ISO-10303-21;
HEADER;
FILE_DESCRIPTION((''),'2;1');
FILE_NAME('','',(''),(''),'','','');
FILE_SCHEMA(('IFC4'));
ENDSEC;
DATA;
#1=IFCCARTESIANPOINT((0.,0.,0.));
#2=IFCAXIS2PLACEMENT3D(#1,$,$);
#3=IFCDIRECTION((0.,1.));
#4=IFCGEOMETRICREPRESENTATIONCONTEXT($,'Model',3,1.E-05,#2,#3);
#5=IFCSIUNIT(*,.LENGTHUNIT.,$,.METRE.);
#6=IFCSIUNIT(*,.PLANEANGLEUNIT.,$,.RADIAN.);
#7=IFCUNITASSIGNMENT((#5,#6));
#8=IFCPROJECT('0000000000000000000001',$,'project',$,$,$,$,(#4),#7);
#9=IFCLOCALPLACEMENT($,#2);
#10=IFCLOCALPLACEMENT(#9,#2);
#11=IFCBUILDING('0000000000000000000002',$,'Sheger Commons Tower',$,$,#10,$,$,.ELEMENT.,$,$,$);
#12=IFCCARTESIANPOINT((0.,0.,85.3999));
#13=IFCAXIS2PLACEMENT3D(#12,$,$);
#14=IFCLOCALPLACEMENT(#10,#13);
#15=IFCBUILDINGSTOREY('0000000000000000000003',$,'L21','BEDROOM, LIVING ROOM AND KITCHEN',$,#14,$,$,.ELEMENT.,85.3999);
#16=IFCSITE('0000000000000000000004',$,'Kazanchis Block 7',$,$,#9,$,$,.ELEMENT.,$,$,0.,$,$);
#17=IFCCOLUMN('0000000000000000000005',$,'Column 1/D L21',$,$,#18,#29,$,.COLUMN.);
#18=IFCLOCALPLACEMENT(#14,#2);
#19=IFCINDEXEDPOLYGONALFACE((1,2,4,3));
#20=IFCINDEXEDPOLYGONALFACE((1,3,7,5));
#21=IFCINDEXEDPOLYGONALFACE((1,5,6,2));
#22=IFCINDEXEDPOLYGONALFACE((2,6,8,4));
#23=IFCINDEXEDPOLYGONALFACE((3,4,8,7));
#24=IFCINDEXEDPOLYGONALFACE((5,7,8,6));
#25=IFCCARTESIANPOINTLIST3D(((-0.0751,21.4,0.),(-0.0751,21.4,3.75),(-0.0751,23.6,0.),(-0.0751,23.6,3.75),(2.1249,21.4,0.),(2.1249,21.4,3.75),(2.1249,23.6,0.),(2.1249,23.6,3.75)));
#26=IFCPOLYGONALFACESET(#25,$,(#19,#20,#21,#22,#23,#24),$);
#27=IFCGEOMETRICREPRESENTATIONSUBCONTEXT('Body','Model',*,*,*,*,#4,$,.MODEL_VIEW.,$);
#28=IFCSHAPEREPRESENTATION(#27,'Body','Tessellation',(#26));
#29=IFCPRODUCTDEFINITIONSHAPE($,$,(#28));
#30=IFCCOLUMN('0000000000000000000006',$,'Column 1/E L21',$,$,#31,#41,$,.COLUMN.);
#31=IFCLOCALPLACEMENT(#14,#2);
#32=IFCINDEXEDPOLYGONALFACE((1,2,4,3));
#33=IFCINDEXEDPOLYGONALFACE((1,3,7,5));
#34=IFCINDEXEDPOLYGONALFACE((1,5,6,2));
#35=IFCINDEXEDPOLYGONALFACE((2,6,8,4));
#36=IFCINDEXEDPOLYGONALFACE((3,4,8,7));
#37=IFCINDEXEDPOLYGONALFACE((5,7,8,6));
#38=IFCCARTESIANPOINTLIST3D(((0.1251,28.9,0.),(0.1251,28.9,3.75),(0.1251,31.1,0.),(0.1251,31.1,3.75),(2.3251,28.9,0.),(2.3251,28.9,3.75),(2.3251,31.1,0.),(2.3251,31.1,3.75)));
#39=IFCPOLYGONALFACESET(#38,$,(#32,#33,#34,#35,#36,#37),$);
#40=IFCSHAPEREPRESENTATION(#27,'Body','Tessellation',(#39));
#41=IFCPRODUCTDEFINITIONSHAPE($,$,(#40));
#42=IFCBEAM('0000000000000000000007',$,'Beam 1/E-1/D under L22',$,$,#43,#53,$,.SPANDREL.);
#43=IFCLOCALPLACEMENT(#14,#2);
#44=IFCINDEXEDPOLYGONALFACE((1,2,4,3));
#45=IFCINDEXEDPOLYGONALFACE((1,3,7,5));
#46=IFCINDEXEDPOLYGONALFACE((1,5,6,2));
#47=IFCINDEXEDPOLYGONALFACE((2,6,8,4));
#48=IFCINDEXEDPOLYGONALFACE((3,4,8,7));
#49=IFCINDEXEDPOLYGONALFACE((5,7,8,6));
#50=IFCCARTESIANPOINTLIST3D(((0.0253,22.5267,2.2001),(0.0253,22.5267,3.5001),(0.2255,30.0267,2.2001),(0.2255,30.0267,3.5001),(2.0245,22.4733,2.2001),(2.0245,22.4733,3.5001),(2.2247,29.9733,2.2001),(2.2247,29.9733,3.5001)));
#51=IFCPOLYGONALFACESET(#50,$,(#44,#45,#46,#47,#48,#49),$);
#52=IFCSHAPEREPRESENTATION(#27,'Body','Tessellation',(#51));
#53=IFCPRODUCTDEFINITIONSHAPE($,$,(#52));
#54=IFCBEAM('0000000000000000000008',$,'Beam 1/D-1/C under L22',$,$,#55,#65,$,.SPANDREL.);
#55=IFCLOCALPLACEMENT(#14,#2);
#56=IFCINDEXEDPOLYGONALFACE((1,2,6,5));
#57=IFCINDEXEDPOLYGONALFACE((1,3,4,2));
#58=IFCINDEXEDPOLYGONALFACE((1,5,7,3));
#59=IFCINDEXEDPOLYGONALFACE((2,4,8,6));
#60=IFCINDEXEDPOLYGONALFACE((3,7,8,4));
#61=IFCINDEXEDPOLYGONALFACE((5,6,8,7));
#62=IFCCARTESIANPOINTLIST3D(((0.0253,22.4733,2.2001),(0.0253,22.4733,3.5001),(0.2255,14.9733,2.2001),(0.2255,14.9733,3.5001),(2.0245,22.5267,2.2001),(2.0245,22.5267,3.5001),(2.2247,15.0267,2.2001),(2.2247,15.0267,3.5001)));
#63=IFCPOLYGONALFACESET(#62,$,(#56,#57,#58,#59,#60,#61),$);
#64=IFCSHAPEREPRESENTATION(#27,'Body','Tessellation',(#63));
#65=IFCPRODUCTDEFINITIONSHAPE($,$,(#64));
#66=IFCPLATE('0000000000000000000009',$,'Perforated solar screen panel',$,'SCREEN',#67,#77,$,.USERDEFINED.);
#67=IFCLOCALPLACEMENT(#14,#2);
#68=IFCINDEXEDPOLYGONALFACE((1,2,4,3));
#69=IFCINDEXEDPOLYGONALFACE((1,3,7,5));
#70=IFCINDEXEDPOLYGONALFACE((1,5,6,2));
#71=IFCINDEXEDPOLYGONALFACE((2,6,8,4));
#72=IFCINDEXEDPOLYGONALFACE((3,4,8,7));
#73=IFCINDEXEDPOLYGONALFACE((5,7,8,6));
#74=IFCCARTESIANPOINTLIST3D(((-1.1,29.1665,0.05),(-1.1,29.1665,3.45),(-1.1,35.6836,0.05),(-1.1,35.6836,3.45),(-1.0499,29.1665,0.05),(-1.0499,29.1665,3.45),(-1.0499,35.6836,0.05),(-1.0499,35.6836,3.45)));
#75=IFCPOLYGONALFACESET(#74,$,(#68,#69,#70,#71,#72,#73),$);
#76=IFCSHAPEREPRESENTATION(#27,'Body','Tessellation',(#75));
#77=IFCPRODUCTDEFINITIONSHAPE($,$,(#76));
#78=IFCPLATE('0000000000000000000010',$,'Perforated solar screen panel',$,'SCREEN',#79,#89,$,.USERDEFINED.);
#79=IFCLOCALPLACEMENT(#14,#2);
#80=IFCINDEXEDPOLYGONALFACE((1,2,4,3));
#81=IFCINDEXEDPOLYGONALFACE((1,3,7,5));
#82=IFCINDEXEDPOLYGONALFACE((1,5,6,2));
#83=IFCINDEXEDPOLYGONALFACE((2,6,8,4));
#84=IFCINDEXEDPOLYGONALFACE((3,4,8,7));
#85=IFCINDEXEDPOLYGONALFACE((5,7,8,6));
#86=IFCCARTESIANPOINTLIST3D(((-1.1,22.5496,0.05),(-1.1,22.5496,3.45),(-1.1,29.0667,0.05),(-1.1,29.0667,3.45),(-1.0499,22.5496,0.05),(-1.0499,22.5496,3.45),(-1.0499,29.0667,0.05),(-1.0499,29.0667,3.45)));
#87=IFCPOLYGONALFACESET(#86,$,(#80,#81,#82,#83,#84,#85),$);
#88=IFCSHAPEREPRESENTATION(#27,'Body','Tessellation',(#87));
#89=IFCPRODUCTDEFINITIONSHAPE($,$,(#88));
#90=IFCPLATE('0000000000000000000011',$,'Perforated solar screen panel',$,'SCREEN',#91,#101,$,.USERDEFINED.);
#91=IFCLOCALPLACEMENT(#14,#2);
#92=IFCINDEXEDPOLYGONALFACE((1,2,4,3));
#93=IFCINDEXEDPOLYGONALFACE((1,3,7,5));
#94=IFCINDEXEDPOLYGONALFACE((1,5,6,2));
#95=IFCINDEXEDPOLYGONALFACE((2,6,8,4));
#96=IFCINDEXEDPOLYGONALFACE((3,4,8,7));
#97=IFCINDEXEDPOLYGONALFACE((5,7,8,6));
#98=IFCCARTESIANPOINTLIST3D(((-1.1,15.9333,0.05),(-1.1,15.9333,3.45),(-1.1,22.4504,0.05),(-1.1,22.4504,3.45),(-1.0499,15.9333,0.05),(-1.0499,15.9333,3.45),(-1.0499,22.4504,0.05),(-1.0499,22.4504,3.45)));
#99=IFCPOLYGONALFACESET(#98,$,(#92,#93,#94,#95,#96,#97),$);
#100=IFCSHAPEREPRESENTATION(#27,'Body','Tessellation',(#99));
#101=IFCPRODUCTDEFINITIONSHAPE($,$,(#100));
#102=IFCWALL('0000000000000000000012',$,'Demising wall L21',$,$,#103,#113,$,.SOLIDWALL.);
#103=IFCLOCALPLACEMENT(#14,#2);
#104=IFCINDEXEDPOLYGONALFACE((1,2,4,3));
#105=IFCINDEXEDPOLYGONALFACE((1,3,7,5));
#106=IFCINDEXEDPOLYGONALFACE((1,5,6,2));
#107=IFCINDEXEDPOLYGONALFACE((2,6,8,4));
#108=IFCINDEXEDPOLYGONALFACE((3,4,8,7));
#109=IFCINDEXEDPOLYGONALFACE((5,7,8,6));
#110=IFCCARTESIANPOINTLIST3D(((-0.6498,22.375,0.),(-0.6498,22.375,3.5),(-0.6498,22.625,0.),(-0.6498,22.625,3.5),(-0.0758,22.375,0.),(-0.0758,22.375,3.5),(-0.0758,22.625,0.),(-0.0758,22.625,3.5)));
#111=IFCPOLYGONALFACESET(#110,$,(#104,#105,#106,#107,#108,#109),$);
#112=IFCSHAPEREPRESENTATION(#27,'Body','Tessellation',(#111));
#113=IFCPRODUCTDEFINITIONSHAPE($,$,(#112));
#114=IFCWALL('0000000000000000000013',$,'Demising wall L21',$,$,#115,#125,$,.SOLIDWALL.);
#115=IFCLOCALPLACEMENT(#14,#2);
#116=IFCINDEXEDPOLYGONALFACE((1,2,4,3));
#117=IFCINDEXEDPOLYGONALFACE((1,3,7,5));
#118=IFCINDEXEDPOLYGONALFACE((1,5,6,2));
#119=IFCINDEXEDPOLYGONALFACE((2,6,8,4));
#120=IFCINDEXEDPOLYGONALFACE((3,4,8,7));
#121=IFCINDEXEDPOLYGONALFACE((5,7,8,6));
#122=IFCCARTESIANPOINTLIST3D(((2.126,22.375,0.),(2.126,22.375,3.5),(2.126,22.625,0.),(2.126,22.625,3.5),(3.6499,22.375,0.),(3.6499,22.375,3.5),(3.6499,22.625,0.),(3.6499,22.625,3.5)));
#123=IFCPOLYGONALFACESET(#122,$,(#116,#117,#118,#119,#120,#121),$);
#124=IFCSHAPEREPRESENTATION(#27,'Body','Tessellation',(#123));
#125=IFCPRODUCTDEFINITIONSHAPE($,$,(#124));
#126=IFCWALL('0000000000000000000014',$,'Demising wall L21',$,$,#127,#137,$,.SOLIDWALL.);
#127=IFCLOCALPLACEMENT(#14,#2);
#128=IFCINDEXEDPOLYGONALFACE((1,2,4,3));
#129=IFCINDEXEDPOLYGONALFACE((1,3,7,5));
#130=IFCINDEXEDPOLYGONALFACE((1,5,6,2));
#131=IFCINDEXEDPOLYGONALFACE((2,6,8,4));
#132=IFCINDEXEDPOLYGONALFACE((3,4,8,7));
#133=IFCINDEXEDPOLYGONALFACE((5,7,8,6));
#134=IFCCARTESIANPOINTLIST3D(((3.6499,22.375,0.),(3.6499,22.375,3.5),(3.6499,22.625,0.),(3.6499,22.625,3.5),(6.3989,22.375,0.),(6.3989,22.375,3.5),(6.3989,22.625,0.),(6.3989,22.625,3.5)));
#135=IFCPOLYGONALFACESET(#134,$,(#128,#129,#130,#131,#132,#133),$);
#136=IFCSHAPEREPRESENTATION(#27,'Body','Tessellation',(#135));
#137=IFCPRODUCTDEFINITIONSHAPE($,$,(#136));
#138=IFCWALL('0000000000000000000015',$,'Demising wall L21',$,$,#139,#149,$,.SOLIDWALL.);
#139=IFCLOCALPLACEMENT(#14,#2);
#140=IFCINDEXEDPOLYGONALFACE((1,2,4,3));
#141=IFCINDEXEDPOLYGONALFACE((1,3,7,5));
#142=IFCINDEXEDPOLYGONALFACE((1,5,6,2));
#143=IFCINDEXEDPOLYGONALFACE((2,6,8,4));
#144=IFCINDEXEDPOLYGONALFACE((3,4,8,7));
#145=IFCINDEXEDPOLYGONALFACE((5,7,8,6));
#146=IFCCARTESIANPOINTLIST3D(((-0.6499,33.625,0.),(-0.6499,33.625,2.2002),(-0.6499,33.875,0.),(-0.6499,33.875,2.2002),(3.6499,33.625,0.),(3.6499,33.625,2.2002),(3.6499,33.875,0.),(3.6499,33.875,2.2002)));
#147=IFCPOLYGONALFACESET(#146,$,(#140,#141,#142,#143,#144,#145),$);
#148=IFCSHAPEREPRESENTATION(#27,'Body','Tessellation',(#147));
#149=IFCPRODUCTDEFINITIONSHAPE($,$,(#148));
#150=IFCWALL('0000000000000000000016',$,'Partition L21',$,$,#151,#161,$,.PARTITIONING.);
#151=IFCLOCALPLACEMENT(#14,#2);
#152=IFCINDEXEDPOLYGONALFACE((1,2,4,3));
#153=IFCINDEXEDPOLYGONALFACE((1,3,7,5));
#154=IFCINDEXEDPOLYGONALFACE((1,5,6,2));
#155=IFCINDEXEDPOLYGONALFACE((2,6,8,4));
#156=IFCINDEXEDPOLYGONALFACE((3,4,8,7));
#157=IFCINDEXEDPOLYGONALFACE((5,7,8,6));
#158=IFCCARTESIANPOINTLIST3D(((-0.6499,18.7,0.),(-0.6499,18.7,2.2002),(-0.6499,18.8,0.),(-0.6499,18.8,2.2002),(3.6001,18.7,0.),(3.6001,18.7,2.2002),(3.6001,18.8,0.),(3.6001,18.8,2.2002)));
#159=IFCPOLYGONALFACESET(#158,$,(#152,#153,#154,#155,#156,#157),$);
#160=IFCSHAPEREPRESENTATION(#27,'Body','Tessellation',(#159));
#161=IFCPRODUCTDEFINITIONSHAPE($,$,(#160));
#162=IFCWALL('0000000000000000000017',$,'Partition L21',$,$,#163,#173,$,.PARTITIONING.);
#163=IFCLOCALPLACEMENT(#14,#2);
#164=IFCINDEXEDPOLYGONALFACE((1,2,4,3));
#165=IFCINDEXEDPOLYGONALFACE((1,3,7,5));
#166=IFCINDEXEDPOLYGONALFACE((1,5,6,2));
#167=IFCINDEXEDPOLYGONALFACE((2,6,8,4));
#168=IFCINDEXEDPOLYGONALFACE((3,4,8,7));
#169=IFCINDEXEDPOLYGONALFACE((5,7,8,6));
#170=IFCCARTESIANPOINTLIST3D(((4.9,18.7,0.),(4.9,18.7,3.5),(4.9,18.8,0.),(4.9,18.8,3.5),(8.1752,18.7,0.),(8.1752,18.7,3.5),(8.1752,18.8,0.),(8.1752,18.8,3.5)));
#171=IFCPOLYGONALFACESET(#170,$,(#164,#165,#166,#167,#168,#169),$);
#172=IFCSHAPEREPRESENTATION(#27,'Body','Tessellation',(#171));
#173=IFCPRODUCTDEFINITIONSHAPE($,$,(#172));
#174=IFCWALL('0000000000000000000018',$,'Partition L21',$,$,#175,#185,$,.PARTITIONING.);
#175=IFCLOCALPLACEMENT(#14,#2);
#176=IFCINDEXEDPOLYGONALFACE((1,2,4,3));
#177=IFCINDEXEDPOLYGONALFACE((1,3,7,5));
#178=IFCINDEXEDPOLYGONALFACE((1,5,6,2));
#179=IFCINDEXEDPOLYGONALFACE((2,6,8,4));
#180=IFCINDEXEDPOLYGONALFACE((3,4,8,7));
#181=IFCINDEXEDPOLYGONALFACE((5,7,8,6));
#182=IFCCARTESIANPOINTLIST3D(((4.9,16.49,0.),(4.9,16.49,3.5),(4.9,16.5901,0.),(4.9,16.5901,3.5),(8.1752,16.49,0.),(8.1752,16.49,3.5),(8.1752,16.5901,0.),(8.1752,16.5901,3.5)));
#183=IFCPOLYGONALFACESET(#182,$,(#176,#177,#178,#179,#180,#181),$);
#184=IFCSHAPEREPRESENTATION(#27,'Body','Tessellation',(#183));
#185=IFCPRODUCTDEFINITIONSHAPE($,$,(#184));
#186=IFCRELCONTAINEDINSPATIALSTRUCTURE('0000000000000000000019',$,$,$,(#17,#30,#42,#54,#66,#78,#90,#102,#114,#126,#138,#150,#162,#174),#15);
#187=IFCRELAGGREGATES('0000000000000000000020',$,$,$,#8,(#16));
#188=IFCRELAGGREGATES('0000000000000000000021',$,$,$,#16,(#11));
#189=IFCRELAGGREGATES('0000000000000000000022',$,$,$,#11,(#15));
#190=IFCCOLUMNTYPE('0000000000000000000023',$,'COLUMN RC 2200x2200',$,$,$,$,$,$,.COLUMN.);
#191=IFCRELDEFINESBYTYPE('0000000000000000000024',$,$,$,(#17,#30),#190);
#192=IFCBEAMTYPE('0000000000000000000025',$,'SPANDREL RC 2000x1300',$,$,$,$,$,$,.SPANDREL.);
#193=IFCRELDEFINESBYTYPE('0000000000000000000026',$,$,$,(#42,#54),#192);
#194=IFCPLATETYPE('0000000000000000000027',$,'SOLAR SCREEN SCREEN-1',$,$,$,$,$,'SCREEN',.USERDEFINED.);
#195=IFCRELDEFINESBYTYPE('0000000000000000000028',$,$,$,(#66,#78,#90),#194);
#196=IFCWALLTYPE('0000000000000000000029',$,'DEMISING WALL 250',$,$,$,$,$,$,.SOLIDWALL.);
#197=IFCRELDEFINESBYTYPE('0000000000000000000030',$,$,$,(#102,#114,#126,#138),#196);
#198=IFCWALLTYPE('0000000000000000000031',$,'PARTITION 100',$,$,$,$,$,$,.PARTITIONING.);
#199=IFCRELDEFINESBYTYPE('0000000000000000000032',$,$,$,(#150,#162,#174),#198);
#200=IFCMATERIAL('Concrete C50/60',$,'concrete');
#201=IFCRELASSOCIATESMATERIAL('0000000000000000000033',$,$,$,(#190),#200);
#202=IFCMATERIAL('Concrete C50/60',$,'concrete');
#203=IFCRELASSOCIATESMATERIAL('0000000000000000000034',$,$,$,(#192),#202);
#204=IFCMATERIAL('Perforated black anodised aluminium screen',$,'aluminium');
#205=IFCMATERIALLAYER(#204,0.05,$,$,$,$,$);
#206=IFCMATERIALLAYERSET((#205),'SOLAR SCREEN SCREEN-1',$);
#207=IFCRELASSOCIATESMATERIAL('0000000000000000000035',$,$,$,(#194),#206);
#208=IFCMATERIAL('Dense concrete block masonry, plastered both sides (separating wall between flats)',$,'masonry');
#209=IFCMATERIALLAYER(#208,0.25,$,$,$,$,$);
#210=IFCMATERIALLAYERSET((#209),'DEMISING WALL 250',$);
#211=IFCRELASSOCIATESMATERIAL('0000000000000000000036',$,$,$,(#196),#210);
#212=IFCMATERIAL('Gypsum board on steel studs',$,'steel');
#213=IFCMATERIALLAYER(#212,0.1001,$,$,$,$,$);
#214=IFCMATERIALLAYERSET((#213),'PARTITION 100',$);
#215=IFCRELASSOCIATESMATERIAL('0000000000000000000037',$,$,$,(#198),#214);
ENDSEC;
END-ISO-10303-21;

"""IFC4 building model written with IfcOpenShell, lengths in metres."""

from ifc_helpers import new_model, si_unit, direction, frame, frame_2d, origin, origin_2d, place, context, subcontext, project, spatial, rectangle, extrude, material, layer, layer_set, material_profile, profile_set, type_object, element, save


model = new_model("IFC4")

# Units and contexts
model_context = context("Model", 3, precision=1e-05, world=origin(), true_north=direction((0.0, 1.0)))
body_context = subcontext(model_context, "Body", "Model", "MODEL_VIEW")
ifc_project = project(units=[si_unit("LENGTHUNIT", "METRE"), si_unit("PLANEANGLEUNIT", "RADIAN")], contexts=[model_context])

# Site, building, storey
site_placement = place(None, origin())
site = spatial("IfcSite", under=ifc_project, at=site_placement, Name="Kazanchis Block 7", CompositionType="ELEMENT", RefElevation=0.0)
building_placement = place(site_placement, origin())
building = spatial("IfcBuilding", under=site, at=building_placement, Name="Sheger Commons Tower", CompositionType="ELEMENT")
storey_placement = place(building_placement, frame((0.0, 0.0, 85.3999)))
storey = spatial("IfcBuildingStorey", under=building, at=storey_placement, Name="L21", Description="BEDROOM, LIVING ROOM AND KITCHEN", CompositionType="ELEMENT", Elevation=85.3999)

# Columns
ifc_material_1 = material(Name="Concrete C50/60", Category="concrete")
ifc_material_profile_1 = material_profile(ifc_material_1, rectangle(XDim=2.2, YDim=2.2, at=origin_2d()), Name="RC 2200x2200")
ifc_profile_set_1 = profile_set([ifc_material_profile_1], Name="Concrete C50/60")
column_type = type_object("IfcColumnType", Name="COLUMN RC 2200x2200", PredefinedType="COLUMN", material=ifc_profile_set_1)
for number, where, z_axis, x_axis, name in (
    (1, (1.0249, 22.5, 0.0), (0.0, 0.0, 1.0), (1.0, 0.0, 0.0), "Column 1/D L21"),
    (2, (1.2251, 30.0, 0.0), (0.0, 0.0, 1.0), (1.0, 0.0, 0.0), "Column 1/E L21"),
):
    element("IfcColumn", number, at=place(storey_placement, frame(where, z_axis=z_axis, x_axis=x_axis)), inside=storey, type_object=column_type, Name=name, PredefinedType="COLUMN", context=body_context, shape_type="SweptSolid", body=[
        extrude(rectangle(XDim=2.2, YDim=2.2, at=origin_2d()), origin(), (0.0, 0.0, 1.0), 3.75),
    ])

# Beams
ifc_material_2 = material(Name="Concrete C50/60", Category="concrete")
ifc_material_profile_2 = material_profile(ifc_material_2, rectangle(XDim=2.0, YDim=1.3, at=origin_2d()), Name="RC 2000x1300")
ifc_profile_set_2 = profile_set([ifc_material_profile_2], Name="Concrete C50/60")
beam_type = type_object("IfcBeamType", Name="SPANDREL RC 2000x1300", PredefinedType="SPANDREL", material=ifc_profile_set_2)
for number, where, z_axis, x_axis, name in (
    (3, (1.2251, 30.0, 2.8501), (-0.026683, -0.999644, 0.0), (0.999644, -0.026683, 0.0), "Beam 1/E-1/D under L22"),
    (4, (1.0249, 22.5, 2.8501), (0.026683, -0.999644, 0.0), (0.999644, 0.026683, 0.0), "Beam 1/D-1/C under L22"),
):
    element("IfcBeam", number, at=place(storey_placement, frame(where, z_axis=z_axis, x_axis=x_axis)), inside=storey, type_object=beam_type, Name=name, PredefinedType="SPANDREL", context=body_context, shape_type="SweptSolid", body=[
        extrude(rectangle(XDim=2.0, YDim=1.3, at=origin_2d()), origin(), (0.0, 0.0, 1.0), 7.5027),
    ])

# Plates
ifc_material_3 = material(Name="Perforated black anodised aluminium screen", Category="aluminium")
ifc_layer_1 = layer(ifc_material_3, 0.05)
ifc_layer_set_1 = layer_set([ifc_layer_1], Name="SOLAR SCREEN SCREEN-1")
plate_type = type_object("IfcPlateType", Name="SOLAR SCREEN SCREEN-1", ElementType="SCREEN", PredefinedType="USERDEFINED", material=ifc_layer_set_1)
for number, where, z_axis, x_axis, name in (
    (5, (-1.075, 32.425, 0.05), (0.0, 0.0, 1.0), (0.0, -1.0, 0.0), "Perforated solar screen panel"),
    (6, (-1.075, 25.8081, 0.05), (0.0, 0.0, 1.0), (0.0, -1.0, 0.0), "Perforated solar screen panel"),
    (7, (-1.075, 19.1919, 0.05), (0.0, 0.0, 1.0), (0.0, -1.0, 0.0), "Perforated solar screen panel"),
):
    element("IfcPlate", number, at=place(storey_placement, frame(where, z_axis=z_axis, x_axis=x_axis)), inside=storey, type_object=plate_type, Name=name, ObjectType="SCREEN", PredefinedType="USERDEFINED", context=body_context, shape_type="SweptSolid", body=[
        extrude(rectangle(XDim=6.5171, YDim=0.05, at=origin_2d()), origin(), (0.0, 0.0, 1.0), 3.3999),
    ])

# Walls
ifc_material_4 = material(Name="Dense concrete block masonry, plastered both sides (separating wall between flats)", Category="masonry")
ifc_layer_2 = layer(ifc_material_4, 0.25)
ifc_layer_set_2 = layer_set([ifc_layer_2], Name="DEMISING WALL 250")
wall_type_1 = type_object("IfcWallType", Name="DEMISING WALL 250", PredefinedType="SOLIDWALL", material=ifc_layer_set_2)
wall_1_placement = place(storey_placement, frame((-0.6499, 22.5, 0.0), z_axis=(0.0, 0.0, 1.0), x_axis=(1.0, 0.0, 0.0)))
element("IfcWall", 8, at=wall_1_placement, inside=storey, type_object=wall_type_1, Name="Demising wall L21", PredefinedType="SOLIDWALL", context=body_context, shape_type="SweptSolid", body=[
    extrude(rectangle(XDim=0.574, YDim=0.25, at=frame_2d((0.2871, 0.0))), origin(), (0.0, 0.0, 1.0), 3.5),
])
wall_2_placement = place(storey_placement, frame((2.126, 22.5, 0.0), z_axis=(0.0, 0.0, 1.0), x_axis=(1.0, 0.0, 0.0)))
element("IfcWall", 9, at=wall_2_placement, inside=storey, type_object=wall_type_1, Name="Demising wall L21", PredefinedType="SOLIDWALL", context=body_context, shape_type="SweptSolid", body=[
    extrude(rectangle(XDim=1.5239, YDim=0.25, at=frame_2d((0.762, 0.0))), origin(), (0.0, 0.0, 1.0), 3.5),
])
wall_3_placement = place(storey_placement, frame((3.6499, 22.5, 0.0), z_axis=(0.0, 0.0, 1.0), x_axis=(1.0, 0.0, 0.0)))
element("IfcWall", 10, at=wall_3_placement, inside=storey, type_object=wall_type_1, Name="Demising wall L21", PredefinedType="SOLIDWALL", context=body_context, shape_type="SweptSolid", body=[
    extrude(rectangle(XDim=2.749, YDim=0.25, at=frame_2d((1.3745, 0.0))), origin(), (0.0, 0.0, 1.0), 3.5),
])
wall_4_placement = place(storey_placement, frame((-0.6499, 33.75, 0.0), z_axis=(0.0, 0.0, 1.0), x_axis=(1.0, 0.0, 0.0)))
element("IfcWall", 11, at=wall_4_placement, inside=storey, type_object=wall_type_1, Name="Demising wall L21", PredefinedType="SOLIDWALL", context=body_context, shape_type="SweptSolid", body=[
    extrude(rectangle(XDim=4.2998, YDim=0.25, at=frame_2d((2.1499, 0.0))), origin(), (0.0, 0.0, 1.0), 2.2002),
])
ifc_material_5 = material(Name="Gypsum board on steel studs", Category="steel")
ifc_layer_3 = layer(ifc_material_5, 0.1001)
ifc_layer_set_3 = layer_set([ifc_layer_3], Name="PARTITION 100")
wall_type_2 = type_object("IfcWallType", Name="PARTITION 100", PredefinedType="PARTITIONING", material=ifc_layer_set_3)
wall_5_placement = place(storey_placement, frame((-0.6499, 18.75, 0.0), z_axis=(0.0, 0.0, 1.0), x_axis=(1.0, 0.0, 0.0)))
element("IfcWall", 12, at=wall_5_placement, inside=storey, type_object=wall_type_2, Name="Partition L21", PredefinedType="PARTITIONING", context=body_context, shape_type="SweptSolid", body=[
    extrude(rectangle(XDim=4.25, YDim=0.1001, at=frame_2d((2.125, 0.0))), origin(), (0.0, 0.0, 1.0), 2.2002),
])
for number, where, z_axis, x_axis, name in (
    (13, (4.8999, 18.75, 0.0), (0.0, 0.0, 1.0), (1.0, 0.0, 0.0), "Partition L21"),
    (14, (4.8999, 16.54, 0.0), (0.0, 0.0, 1.0), (1.0, 0.0, 0.0), "Partition L21"),
):
    element("IfcWall", number, at=place(storey_placement, frame(where, z_axis=z_axis, x_axis=x_axis)), inside=storey, type_object=wall_type_2, Name=name, PredefinedType="PARTITIONING", context=body_context, shape_type="SweptSolid", body=[
        extrude(rectangle(XDim=3.2751, YDim=0.1001, at=frame_2d((1.6377, 0.0))), origin(), (0.0, 0.0, 1.0), 3.5),
    ])

save(model, "model.ifc")
